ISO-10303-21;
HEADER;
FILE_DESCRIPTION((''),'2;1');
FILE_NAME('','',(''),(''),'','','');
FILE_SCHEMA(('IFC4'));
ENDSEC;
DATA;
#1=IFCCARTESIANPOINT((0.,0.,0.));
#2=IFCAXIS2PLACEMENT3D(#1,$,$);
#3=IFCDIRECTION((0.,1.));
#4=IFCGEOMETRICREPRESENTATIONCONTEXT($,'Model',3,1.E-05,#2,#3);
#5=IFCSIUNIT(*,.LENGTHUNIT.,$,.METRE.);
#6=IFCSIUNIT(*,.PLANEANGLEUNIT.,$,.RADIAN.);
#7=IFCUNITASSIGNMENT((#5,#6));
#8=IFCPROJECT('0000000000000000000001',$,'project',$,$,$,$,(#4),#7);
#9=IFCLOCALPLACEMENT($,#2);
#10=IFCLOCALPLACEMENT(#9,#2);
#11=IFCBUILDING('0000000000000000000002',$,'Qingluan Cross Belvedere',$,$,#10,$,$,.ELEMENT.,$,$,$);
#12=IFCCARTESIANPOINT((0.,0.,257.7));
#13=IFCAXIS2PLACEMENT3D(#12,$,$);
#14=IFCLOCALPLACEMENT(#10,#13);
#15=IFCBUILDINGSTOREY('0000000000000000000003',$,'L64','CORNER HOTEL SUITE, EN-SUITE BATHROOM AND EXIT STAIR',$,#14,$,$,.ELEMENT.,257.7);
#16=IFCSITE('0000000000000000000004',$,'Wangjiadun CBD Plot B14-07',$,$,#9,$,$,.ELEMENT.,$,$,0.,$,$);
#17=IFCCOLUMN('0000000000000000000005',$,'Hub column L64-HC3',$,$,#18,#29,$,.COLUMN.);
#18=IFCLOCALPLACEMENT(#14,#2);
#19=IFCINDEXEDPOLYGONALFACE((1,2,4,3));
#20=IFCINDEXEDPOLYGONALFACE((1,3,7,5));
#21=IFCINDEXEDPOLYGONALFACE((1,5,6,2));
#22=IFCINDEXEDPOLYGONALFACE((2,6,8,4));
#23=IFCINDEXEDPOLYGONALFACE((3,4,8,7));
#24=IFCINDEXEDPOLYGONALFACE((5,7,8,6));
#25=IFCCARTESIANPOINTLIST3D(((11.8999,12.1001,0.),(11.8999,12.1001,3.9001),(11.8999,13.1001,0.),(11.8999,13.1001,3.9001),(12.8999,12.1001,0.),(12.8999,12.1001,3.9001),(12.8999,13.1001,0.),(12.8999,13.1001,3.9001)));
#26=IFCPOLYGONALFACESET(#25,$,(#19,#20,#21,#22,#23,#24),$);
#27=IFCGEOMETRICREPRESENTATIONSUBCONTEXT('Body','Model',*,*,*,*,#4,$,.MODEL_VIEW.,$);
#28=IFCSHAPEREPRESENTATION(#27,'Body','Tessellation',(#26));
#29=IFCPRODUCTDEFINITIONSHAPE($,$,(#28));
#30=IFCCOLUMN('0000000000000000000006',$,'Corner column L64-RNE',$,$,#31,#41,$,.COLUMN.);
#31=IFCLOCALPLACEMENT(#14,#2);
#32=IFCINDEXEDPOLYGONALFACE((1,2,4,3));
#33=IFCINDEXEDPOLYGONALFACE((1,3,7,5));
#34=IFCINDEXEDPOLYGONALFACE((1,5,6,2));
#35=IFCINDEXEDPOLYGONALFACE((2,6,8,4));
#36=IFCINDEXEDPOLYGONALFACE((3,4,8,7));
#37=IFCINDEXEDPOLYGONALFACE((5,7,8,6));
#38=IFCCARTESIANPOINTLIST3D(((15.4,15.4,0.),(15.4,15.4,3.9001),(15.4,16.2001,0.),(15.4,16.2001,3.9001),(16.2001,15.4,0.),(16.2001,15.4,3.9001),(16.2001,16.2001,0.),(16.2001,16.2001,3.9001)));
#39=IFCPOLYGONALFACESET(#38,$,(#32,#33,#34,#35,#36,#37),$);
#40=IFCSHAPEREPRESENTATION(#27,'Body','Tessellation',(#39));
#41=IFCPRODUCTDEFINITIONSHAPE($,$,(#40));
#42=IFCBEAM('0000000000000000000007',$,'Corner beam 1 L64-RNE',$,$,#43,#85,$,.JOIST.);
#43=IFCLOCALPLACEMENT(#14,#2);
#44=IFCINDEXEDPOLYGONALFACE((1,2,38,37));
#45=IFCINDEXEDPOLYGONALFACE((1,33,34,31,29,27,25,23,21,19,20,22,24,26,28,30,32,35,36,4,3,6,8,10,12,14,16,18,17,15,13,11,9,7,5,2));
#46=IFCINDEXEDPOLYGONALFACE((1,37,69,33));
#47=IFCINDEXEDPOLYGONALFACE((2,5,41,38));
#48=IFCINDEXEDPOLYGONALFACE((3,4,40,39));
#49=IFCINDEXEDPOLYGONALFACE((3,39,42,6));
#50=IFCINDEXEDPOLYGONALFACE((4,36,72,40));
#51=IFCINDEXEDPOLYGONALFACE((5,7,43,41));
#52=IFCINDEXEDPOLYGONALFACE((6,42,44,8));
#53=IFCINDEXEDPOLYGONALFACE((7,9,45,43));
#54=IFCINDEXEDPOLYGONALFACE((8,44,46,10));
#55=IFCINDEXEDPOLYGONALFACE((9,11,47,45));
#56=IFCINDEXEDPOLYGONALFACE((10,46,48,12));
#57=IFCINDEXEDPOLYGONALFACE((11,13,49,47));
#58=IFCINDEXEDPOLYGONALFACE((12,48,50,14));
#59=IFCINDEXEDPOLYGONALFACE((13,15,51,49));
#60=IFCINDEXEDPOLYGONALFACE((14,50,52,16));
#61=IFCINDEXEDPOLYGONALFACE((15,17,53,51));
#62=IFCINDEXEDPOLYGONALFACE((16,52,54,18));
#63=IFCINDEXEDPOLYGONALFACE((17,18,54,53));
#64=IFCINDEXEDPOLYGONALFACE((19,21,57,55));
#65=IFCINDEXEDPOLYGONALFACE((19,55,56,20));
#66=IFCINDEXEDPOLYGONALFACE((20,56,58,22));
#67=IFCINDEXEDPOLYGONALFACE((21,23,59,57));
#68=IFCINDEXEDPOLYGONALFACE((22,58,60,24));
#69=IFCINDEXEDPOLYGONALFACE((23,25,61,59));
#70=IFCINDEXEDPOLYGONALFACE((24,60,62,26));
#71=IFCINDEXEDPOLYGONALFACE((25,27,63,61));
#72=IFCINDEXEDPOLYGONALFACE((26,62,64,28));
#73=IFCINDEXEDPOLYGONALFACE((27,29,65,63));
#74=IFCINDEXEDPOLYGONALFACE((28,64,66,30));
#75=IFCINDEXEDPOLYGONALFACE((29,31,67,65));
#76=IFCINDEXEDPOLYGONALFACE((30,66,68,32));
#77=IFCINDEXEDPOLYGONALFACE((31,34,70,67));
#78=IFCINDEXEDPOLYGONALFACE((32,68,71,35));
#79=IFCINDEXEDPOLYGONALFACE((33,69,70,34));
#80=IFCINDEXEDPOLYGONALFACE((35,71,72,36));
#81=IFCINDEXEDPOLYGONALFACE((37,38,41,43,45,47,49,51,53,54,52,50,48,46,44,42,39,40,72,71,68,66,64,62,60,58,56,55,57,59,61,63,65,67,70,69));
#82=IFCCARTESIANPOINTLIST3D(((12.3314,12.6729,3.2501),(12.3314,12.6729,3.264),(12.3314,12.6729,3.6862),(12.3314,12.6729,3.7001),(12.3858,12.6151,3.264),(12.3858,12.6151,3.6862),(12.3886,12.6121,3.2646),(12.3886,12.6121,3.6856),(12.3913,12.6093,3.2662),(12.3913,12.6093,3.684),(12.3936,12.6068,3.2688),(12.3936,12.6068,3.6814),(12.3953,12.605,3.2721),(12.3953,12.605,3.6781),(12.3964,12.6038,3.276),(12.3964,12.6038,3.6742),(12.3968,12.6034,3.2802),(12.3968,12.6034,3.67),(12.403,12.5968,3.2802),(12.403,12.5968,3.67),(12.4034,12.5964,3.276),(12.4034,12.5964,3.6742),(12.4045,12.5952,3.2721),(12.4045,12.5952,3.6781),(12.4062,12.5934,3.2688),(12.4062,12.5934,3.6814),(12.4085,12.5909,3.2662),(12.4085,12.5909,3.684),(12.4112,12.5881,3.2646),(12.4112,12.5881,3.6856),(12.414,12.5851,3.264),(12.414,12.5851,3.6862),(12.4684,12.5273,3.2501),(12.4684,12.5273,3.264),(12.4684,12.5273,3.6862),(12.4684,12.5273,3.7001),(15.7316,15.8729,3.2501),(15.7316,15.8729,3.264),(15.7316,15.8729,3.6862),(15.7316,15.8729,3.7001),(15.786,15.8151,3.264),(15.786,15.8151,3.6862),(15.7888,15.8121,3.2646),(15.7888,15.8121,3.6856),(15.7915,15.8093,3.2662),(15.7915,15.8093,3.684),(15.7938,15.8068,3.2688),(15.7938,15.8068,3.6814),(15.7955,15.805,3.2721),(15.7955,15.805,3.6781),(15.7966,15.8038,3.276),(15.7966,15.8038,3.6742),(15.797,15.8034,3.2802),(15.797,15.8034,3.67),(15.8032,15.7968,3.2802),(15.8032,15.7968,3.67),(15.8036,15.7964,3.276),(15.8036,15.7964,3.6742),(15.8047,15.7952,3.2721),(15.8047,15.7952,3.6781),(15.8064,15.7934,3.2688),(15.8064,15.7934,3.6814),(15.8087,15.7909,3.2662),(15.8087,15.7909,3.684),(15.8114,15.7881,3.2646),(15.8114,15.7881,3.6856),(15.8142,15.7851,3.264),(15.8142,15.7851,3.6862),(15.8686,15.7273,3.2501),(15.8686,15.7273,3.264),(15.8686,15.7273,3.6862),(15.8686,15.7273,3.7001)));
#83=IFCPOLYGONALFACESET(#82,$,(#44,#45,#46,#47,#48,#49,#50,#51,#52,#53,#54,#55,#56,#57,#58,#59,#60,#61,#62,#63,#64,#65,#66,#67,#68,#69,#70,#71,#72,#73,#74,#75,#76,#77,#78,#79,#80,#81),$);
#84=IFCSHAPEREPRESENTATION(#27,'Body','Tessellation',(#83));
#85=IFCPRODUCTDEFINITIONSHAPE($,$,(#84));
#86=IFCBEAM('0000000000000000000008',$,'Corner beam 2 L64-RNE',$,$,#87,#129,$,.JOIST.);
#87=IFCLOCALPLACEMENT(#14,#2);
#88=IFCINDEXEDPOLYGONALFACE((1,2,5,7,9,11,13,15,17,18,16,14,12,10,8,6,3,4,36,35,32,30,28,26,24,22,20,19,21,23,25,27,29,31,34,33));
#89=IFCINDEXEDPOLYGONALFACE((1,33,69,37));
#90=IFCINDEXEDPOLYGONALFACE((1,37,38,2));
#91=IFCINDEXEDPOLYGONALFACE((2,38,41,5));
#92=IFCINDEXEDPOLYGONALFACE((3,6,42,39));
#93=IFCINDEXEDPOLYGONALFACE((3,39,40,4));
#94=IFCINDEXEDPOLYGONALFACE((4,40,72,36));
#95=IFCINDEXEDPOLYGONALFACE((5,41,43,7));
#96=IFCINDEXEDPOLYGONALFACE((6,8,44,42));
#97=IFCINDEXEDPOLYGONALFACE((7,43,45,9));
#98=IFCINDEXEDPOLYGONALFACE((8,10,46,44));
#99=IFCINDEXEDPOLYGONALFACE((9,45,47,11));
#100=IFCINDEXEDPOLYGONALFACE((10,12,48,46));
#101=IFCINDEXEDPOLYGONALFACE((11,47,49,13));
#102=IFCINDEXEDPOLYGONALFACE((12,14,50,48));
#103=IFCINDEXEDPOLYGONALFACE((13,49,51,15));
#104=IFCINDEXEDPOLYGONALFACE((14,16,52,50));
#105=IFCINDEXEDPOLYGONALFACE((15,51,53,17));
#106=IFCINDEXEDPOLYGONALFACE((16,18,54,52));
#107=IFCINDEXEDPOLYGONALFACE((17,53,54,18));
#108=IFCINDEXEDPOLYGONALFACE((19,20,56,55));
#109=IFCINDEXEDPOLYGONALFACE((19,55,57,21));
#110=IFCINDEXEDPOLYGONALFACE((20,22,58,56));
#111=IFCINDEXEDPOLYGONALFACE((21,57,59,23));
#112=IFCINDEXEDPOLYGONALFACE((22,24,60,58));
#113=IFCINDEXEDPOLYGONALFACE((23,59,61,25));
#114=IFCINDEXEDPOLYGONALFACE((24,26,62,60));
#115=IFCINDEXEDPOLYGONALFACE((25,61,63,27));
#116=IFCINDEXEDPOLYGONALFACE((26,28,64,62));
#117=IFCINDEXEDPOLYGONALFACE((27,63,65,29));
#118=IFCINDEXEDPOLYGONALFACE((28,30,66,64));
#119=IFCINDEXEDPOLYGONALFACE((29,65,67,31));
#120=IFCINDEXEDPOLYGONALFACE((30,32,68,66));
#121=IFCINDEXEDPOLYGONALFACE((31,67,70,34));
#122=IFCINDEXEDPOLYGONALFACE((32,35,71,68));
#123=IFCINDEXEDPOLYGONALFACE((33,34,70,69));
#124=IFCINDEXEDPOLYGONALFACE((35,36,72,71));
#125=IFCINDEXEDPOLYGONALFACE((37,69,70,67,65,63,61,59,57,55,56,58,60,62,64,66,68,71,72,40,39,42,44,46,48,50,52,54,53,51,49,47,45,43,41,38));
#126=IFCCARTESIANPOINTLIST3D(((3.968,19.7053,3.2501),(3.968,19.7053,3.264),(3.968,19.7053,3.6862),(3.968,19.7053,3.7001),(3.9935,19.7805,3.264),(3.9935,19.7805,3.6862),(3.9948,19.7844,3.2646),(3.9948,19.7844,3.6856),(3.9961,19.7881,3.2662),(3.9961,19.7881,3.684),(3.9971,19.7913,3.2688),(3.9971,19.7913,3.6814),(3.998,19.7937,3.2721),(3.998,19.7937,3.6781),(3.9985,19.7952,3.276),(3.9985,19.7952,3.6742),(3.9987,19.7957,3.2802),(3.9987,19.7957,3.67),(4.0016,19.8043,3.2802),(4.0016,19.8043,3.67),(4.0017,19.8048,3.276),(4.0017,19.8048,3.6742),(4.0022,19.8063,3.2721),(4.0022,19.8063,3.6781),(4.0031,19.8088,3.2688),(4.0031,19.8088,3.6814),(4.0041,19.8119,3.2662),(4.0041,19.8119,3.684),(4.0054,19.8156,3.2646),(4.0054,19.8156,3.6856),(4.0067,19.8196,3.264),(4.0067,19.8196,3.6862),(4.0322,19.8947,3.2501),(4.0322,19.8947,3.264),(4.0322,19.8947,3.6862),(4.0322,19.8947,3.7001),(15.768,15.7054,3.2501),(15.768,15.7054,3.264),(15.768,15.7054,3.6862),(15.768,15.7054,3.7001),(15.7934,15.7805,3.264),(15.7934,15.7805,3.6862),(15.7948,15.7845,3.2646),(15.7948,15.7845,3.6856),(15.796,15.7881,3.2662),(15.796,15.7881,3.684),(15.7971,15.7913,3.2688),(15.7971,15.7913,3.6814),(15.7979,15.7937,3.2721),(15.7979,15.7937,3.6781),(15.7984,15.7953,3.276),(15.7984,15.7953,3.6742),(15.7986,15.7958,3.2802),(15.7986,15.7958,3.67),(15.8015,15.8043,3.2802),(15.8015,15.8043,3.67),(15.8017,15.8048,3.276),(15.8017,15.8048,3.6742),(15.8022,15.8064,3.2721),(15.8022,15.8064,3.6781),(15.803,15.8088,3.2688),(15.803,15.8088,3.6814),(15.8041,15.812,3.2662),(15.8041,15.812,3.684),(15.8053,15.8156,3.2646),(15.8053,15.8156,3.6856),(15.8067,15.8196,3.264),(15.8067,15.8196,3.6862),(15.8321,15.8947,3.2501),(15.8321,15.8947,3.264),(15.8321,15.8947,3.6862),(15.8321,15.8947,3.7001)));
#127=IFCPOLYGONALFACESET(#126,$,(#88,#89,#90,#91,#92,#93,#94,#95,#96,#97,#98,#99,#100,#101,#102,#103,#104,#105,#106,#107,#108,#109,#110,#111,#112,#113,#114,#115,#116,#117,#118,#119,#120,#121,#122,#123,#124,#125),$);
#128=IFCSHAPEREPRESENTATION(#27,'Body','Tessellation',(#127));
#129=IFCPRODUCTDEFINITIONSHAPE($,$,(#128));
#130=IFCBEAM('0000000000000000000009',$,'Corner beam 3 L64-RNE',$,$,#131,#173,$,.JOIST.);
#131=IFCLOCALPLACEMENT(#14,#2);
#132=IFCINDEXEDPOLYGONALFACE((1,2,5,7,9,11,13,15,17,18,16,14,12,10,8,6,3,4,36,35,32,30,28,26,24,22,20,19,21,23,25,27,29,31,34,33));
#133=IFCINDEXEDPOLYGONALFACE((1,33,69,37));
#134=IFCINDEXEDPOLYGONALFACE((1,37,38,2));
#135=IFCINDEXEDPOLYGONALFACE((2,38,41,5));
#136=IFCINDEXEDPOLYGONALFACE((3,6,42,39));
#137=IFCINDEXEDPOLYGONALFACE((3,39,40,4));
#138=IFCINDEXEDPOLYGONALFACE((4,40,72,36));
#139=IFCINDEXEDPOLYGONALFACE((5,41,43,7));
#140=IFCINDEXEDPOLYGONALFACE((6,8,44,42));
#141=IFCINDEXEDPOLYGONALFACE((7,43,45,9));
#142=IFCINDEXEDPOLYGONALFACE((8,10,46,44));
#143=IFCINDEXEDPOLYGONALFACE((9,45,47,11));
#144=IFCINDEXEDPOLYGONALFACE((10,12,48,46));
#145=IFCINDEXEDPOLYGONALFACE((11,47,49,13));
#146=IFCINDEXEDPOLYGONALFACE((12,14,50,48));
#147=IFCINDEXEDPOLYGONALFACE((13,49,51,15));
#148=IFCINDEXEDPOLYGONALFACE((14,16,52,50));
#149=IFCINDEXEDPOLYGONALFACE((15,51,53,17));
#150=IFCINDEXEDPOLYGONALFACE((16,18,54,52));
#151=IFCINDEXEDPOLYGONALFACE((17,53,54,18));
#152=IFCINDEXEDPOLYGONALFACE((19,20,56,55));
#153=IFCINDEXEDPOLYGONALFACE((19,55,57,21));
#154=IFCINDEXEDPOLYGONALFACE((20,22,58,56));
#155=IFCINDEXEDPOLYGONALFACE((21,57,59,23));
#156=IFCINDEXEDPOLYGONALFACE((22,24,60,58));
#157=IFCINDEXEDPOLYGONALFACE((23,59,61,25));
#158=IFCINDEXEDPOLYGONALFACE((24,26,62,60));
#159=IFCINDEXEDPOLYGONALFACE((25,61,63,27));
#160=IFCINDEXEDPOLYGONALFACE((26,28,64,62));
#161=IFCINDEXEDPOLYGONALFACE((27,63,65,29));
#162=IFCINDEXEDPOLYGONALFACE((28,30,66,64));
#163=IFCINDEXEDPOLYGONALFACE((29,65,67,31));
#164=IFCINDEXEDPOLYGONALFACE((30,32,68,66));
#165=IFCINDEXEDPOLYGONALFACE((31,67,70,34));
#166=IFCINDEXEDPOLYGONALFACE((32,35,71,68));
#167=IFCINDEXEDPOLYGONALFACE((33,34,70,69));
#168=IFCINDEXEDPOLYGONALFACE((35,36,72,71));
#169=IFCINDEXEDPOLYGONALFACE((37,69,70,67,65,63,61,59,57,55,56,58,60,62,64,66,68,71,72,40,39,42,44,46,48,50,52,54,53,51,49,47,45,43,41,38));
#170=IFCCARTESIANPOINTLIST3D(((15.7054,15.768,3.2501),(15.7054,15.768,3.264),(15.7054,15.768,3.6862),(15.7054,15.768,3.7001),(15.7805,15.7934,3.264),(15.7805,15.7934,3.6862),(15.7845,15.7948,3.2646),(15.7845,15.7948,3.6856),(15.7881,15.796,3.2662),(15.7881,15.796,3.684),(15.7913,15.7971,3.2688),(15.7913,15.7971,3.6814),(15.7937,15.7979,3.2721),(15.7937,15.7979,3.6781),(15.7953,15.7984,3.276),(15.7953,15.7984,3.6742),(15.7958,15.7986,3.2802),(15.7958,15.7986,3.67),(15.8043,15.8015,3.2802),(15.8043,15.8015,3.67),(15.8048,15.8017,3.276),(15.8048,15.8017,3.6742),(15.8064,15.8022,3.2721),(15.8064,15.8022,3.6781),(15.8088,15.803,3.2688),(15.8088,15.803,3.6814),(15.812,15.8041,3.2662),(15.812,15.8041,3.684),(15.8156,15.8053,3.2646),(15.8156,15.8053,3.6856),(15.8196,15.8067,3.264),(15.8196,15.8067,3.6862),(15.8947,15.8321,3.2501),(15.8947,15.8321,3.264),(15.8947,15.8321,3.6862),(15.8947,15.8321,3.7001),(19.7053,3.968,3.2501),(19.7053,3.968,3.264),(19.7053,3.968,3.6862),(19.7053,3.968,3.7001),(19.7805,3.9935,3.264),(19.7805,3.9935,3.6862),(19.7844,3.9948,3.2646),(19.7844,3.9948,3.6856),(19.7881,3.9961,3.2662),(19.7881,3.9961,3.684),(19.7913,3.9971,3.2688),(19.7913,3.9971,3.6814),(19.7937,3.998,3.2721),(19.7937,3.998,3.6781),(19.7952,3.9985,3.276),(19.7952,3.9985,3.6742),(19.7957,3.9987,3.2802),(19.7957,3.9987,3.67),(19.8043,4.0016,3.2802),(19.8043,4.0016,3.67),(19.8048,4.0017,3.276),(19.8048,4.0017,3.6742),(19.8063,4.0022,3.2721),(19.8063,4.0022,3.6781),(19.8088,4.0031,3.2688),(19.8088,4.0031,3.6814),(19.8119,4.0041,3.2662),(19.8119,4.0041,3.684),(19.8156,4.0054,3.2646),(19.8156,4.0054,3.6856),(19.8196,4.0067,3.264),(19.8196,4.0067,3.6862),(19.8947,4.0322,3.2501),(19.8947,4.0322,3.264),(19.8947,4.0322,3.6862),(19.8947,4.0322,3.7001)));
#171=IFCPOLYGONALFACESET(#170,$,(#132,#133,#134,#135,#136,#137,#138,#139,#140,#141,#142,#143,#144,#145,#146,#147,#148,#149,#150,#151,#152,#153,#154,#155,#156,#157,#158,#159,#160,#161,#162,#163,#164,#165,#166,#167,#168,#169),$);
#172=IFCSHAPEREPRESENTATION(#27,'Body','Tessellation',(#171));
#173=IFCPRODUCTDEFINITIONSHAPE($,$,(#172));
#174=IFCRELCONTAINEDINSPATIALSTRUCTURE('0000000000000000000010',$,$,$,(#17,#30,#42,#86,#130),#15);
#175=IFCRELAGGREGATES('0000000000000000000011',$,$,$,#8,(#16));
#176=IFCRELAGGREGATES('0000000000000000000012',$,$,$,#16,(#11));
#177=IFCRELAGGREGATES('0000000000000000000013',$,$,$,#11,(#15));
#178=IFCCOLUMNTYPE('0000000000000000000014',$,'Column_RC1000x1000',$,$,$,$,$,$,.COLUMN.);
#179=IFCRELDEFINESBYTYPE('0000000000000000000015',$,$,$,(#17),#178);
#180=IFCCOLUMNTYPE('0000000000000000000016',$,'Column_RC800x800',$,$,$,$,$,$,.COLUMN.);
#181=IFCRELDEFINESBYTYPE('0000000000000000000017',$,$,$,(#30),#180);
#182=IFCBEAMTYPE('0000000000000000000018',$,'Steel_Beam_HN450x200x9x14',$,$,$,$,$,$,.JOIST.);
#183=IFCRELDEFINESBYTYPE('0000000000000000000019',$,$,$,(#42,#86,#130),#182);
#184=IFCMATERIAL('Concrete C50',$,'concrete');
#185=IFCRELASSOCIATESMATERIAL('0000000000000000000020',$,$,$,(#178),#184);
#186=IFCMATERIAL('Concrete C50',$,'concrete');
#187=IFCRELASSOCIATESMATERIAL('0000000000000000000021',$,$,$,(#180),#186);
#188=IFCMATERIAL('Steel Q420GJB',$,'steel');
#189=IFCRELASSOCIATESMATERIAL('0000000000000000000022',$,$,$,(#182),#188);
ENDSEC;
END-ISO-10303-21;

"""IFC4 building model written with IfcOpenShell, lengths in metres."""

from ifc_helpers import new_model, si_unit, direction, frame, origin, origin_2d, place, context, subcontext, project, spatial, rectangle, i_section, extrude, material, material_profile, profile_set, type_object, element, save


model = new_model("IFC4")

# Units and contexts
model_context = context("Model", 3, precision=1e-05, world=origin(), true_north=direction((0.0, 1.0)))
body_context = subcontext(model_context, "Body", "Model", "MODEL_VIEW")
ifc_project = project(units=[si_unit("LENGTHUNIT", "METRE"), si_unit("PLANEANGLEUNIT", "RADIAN")], contexts=[model_context])

# Site, building, storey
site_placement = place(None, origin())
site = spatial("IfcSite", under=ifc_project, at=site_placement, Name="Wangjiadun CBD Plot B14-07", CompositionType="ELEMENT", RefElevation=0.0)
building_placement = place(site_placement, origin())
building = spatial("IfcBuilding", under=site, at=building_placement, Name="Qingluan Cross Belvedere", CompositionType="ELEMENT")
storey_placement = place(building_placement, frame((0.0, 0.0, 257.7)))
storey = spatial("IfcBuildingStorey", under=building, at=storey_placement, Name="L64", Description="CORNER HOTEL SUITE, EN-SUITE BATHROOM AND EXIT STAIR", CompositionType="ELEMENT", Elevation=257.7)

# Columns
ifc_material_1 = material(Name="Concrete C50", Category="concrete")
ifc_material_profile_1 = material_profile(ifc_material_1, rectangle(XDim=1.0, YDim=1.0, at=origin_2d()), Name="RC1000x1000")
ifc_profile_set_1 = profile_set([ifc_material_profile_1], Name="Concrete C50")
column_type_1 = type_object("IfcColumnType", Name="Column_RC1000x1000", PredefinedType="COLUMN", material=ifc_profile_set_1)
column_1_placement = place(storey_placement, frame((12.3999, 12.6001, 0.0), z_axis=(0.0, 0.0, 1.0), x_axis=(1.0, 0.0, 0.0)))
element("IfcColumn", 1, at=column_1_placement, inside=storey, type_object=column_type_1, Name="Hub column L64-HC3", PredefinedType="COLUMN", context=body_context, shape_type="SweptSolid", body=[
    extrude(rectangle(XDim=1.0, YDim=1.0, at=origin_2d()), origin(), (0.0, 0.0, 1.0), 3.9001),
])
ifc_material_2 = material(Name="Concrete C50", Category="concrete")
ifc_material_profile_2 = material_profile(ifc_material_2, rectangle(XDim=0.8, YDim=0.8, at=origin_2d()), Name="RC800x800")
ifc_profile_set_2 = profile_set([ifc_material_profile_2], Name="Concrete C50")
column_type_2 = type_object("IfcColumnType", Name="Column_RC800x800", PredefinedType="COLUMN", material=ifc_profile_set_2)
column_2_placement = place(storey_placement, frame((15.8, 15.8, 0.0), z_axis=(0.0, 0.0, 1.0), x_axis=(1.0, 0.0, 0.0)))
element("IfcColumn", 2, at=column_2_placement, inside=storey, type_object=column_type_2, Name="Corner column L64-RNE", PredefinedType="COLUMN", context=body_context, shape_type="SweptSolid", body=[
    extrude(rectangle(XDim=0.8, YDim=0.8, at=origin_2d()), origin(), (0.0, 0.0, 1.0), 3.9001),
])

# Beams
ifc_material_3 = material(Name="Steel Q420GJB", Category="steel")
ifc_material_profile_3 = material_profile(ifc_material_3, i_section(OverallWidth=0.2, OverallDepth=0.45, WebThickness=0.009, FlangeThickness=0.0139, FilletRadius=0.0161, at=origin_2d()), Name="HN450x200x9x14")
ifc_profile_set_3 = profile_set([ifc_material_profile_3], Name="Steel Q420GJB")
beam_type = type_object("IfcBeamType", Name="Steel_Beam_HN450x200x9x14", PredefinedType="JOIST", material=ifc_profile_set_3)
beam_1_placement = place(storey_placement, frame((12.3999, 12.6001, 3.4751), z_axis=(0.72822, 0.685343, 0.0), x_axis=(-0.685343, 0.72822, 0.0)))
element("IfcBeam", 3, at=beam_1_placement, inside=storey, type_object=beam_type, Name="Corner beam 1 L64-RNE", PredefinedType="JOIST", context=body_context, shape_type="SweptSolid", body=[
    extrude(i_section(OverallWidth=0.2, OverallDepth=0.45, WebThickness=0.009, FlangeThickness=0.0139, FilletRadius=0.0161, at=origin_2d()), origin(), (0.0, 0.0, 1.0), 4.6692),
])
for number, where, z_axis, x_axis, name in (
    (4, (15.8, 15.8, 3.4751), (-0.947066, 0.321038, 0.0), (-0.321038, -0.947066, 0.0), "Corner beam 2 L64-RNE"),
    (5, (15.8, 15.8, 3.4751), (0.321038, -0.947066, 0.0), (0.947066, 0.321038, 0.0), "Corner beam 3 L64-RNE"),
):
    element("IfcBeam", number, at=place(storey_placement, frame(where, z_axis=z_axis, x_axis=x_axis)), inside=storey, type_object=beam_type, Name=name, PredefinedType="JOIST", context=body_context, shape_type="SweptSolid", body=[
        extrude(i_section(OverallWidth=0.2, OverallDepth=0.45, WebThickness=0.009, FlangeThickness=0.0139, FilletRadius=0.0161, at=origin_2d()), origin(), (0.0, 0.0, 1.0), 12.4595),
    ])

save(model, "model.ifc")
